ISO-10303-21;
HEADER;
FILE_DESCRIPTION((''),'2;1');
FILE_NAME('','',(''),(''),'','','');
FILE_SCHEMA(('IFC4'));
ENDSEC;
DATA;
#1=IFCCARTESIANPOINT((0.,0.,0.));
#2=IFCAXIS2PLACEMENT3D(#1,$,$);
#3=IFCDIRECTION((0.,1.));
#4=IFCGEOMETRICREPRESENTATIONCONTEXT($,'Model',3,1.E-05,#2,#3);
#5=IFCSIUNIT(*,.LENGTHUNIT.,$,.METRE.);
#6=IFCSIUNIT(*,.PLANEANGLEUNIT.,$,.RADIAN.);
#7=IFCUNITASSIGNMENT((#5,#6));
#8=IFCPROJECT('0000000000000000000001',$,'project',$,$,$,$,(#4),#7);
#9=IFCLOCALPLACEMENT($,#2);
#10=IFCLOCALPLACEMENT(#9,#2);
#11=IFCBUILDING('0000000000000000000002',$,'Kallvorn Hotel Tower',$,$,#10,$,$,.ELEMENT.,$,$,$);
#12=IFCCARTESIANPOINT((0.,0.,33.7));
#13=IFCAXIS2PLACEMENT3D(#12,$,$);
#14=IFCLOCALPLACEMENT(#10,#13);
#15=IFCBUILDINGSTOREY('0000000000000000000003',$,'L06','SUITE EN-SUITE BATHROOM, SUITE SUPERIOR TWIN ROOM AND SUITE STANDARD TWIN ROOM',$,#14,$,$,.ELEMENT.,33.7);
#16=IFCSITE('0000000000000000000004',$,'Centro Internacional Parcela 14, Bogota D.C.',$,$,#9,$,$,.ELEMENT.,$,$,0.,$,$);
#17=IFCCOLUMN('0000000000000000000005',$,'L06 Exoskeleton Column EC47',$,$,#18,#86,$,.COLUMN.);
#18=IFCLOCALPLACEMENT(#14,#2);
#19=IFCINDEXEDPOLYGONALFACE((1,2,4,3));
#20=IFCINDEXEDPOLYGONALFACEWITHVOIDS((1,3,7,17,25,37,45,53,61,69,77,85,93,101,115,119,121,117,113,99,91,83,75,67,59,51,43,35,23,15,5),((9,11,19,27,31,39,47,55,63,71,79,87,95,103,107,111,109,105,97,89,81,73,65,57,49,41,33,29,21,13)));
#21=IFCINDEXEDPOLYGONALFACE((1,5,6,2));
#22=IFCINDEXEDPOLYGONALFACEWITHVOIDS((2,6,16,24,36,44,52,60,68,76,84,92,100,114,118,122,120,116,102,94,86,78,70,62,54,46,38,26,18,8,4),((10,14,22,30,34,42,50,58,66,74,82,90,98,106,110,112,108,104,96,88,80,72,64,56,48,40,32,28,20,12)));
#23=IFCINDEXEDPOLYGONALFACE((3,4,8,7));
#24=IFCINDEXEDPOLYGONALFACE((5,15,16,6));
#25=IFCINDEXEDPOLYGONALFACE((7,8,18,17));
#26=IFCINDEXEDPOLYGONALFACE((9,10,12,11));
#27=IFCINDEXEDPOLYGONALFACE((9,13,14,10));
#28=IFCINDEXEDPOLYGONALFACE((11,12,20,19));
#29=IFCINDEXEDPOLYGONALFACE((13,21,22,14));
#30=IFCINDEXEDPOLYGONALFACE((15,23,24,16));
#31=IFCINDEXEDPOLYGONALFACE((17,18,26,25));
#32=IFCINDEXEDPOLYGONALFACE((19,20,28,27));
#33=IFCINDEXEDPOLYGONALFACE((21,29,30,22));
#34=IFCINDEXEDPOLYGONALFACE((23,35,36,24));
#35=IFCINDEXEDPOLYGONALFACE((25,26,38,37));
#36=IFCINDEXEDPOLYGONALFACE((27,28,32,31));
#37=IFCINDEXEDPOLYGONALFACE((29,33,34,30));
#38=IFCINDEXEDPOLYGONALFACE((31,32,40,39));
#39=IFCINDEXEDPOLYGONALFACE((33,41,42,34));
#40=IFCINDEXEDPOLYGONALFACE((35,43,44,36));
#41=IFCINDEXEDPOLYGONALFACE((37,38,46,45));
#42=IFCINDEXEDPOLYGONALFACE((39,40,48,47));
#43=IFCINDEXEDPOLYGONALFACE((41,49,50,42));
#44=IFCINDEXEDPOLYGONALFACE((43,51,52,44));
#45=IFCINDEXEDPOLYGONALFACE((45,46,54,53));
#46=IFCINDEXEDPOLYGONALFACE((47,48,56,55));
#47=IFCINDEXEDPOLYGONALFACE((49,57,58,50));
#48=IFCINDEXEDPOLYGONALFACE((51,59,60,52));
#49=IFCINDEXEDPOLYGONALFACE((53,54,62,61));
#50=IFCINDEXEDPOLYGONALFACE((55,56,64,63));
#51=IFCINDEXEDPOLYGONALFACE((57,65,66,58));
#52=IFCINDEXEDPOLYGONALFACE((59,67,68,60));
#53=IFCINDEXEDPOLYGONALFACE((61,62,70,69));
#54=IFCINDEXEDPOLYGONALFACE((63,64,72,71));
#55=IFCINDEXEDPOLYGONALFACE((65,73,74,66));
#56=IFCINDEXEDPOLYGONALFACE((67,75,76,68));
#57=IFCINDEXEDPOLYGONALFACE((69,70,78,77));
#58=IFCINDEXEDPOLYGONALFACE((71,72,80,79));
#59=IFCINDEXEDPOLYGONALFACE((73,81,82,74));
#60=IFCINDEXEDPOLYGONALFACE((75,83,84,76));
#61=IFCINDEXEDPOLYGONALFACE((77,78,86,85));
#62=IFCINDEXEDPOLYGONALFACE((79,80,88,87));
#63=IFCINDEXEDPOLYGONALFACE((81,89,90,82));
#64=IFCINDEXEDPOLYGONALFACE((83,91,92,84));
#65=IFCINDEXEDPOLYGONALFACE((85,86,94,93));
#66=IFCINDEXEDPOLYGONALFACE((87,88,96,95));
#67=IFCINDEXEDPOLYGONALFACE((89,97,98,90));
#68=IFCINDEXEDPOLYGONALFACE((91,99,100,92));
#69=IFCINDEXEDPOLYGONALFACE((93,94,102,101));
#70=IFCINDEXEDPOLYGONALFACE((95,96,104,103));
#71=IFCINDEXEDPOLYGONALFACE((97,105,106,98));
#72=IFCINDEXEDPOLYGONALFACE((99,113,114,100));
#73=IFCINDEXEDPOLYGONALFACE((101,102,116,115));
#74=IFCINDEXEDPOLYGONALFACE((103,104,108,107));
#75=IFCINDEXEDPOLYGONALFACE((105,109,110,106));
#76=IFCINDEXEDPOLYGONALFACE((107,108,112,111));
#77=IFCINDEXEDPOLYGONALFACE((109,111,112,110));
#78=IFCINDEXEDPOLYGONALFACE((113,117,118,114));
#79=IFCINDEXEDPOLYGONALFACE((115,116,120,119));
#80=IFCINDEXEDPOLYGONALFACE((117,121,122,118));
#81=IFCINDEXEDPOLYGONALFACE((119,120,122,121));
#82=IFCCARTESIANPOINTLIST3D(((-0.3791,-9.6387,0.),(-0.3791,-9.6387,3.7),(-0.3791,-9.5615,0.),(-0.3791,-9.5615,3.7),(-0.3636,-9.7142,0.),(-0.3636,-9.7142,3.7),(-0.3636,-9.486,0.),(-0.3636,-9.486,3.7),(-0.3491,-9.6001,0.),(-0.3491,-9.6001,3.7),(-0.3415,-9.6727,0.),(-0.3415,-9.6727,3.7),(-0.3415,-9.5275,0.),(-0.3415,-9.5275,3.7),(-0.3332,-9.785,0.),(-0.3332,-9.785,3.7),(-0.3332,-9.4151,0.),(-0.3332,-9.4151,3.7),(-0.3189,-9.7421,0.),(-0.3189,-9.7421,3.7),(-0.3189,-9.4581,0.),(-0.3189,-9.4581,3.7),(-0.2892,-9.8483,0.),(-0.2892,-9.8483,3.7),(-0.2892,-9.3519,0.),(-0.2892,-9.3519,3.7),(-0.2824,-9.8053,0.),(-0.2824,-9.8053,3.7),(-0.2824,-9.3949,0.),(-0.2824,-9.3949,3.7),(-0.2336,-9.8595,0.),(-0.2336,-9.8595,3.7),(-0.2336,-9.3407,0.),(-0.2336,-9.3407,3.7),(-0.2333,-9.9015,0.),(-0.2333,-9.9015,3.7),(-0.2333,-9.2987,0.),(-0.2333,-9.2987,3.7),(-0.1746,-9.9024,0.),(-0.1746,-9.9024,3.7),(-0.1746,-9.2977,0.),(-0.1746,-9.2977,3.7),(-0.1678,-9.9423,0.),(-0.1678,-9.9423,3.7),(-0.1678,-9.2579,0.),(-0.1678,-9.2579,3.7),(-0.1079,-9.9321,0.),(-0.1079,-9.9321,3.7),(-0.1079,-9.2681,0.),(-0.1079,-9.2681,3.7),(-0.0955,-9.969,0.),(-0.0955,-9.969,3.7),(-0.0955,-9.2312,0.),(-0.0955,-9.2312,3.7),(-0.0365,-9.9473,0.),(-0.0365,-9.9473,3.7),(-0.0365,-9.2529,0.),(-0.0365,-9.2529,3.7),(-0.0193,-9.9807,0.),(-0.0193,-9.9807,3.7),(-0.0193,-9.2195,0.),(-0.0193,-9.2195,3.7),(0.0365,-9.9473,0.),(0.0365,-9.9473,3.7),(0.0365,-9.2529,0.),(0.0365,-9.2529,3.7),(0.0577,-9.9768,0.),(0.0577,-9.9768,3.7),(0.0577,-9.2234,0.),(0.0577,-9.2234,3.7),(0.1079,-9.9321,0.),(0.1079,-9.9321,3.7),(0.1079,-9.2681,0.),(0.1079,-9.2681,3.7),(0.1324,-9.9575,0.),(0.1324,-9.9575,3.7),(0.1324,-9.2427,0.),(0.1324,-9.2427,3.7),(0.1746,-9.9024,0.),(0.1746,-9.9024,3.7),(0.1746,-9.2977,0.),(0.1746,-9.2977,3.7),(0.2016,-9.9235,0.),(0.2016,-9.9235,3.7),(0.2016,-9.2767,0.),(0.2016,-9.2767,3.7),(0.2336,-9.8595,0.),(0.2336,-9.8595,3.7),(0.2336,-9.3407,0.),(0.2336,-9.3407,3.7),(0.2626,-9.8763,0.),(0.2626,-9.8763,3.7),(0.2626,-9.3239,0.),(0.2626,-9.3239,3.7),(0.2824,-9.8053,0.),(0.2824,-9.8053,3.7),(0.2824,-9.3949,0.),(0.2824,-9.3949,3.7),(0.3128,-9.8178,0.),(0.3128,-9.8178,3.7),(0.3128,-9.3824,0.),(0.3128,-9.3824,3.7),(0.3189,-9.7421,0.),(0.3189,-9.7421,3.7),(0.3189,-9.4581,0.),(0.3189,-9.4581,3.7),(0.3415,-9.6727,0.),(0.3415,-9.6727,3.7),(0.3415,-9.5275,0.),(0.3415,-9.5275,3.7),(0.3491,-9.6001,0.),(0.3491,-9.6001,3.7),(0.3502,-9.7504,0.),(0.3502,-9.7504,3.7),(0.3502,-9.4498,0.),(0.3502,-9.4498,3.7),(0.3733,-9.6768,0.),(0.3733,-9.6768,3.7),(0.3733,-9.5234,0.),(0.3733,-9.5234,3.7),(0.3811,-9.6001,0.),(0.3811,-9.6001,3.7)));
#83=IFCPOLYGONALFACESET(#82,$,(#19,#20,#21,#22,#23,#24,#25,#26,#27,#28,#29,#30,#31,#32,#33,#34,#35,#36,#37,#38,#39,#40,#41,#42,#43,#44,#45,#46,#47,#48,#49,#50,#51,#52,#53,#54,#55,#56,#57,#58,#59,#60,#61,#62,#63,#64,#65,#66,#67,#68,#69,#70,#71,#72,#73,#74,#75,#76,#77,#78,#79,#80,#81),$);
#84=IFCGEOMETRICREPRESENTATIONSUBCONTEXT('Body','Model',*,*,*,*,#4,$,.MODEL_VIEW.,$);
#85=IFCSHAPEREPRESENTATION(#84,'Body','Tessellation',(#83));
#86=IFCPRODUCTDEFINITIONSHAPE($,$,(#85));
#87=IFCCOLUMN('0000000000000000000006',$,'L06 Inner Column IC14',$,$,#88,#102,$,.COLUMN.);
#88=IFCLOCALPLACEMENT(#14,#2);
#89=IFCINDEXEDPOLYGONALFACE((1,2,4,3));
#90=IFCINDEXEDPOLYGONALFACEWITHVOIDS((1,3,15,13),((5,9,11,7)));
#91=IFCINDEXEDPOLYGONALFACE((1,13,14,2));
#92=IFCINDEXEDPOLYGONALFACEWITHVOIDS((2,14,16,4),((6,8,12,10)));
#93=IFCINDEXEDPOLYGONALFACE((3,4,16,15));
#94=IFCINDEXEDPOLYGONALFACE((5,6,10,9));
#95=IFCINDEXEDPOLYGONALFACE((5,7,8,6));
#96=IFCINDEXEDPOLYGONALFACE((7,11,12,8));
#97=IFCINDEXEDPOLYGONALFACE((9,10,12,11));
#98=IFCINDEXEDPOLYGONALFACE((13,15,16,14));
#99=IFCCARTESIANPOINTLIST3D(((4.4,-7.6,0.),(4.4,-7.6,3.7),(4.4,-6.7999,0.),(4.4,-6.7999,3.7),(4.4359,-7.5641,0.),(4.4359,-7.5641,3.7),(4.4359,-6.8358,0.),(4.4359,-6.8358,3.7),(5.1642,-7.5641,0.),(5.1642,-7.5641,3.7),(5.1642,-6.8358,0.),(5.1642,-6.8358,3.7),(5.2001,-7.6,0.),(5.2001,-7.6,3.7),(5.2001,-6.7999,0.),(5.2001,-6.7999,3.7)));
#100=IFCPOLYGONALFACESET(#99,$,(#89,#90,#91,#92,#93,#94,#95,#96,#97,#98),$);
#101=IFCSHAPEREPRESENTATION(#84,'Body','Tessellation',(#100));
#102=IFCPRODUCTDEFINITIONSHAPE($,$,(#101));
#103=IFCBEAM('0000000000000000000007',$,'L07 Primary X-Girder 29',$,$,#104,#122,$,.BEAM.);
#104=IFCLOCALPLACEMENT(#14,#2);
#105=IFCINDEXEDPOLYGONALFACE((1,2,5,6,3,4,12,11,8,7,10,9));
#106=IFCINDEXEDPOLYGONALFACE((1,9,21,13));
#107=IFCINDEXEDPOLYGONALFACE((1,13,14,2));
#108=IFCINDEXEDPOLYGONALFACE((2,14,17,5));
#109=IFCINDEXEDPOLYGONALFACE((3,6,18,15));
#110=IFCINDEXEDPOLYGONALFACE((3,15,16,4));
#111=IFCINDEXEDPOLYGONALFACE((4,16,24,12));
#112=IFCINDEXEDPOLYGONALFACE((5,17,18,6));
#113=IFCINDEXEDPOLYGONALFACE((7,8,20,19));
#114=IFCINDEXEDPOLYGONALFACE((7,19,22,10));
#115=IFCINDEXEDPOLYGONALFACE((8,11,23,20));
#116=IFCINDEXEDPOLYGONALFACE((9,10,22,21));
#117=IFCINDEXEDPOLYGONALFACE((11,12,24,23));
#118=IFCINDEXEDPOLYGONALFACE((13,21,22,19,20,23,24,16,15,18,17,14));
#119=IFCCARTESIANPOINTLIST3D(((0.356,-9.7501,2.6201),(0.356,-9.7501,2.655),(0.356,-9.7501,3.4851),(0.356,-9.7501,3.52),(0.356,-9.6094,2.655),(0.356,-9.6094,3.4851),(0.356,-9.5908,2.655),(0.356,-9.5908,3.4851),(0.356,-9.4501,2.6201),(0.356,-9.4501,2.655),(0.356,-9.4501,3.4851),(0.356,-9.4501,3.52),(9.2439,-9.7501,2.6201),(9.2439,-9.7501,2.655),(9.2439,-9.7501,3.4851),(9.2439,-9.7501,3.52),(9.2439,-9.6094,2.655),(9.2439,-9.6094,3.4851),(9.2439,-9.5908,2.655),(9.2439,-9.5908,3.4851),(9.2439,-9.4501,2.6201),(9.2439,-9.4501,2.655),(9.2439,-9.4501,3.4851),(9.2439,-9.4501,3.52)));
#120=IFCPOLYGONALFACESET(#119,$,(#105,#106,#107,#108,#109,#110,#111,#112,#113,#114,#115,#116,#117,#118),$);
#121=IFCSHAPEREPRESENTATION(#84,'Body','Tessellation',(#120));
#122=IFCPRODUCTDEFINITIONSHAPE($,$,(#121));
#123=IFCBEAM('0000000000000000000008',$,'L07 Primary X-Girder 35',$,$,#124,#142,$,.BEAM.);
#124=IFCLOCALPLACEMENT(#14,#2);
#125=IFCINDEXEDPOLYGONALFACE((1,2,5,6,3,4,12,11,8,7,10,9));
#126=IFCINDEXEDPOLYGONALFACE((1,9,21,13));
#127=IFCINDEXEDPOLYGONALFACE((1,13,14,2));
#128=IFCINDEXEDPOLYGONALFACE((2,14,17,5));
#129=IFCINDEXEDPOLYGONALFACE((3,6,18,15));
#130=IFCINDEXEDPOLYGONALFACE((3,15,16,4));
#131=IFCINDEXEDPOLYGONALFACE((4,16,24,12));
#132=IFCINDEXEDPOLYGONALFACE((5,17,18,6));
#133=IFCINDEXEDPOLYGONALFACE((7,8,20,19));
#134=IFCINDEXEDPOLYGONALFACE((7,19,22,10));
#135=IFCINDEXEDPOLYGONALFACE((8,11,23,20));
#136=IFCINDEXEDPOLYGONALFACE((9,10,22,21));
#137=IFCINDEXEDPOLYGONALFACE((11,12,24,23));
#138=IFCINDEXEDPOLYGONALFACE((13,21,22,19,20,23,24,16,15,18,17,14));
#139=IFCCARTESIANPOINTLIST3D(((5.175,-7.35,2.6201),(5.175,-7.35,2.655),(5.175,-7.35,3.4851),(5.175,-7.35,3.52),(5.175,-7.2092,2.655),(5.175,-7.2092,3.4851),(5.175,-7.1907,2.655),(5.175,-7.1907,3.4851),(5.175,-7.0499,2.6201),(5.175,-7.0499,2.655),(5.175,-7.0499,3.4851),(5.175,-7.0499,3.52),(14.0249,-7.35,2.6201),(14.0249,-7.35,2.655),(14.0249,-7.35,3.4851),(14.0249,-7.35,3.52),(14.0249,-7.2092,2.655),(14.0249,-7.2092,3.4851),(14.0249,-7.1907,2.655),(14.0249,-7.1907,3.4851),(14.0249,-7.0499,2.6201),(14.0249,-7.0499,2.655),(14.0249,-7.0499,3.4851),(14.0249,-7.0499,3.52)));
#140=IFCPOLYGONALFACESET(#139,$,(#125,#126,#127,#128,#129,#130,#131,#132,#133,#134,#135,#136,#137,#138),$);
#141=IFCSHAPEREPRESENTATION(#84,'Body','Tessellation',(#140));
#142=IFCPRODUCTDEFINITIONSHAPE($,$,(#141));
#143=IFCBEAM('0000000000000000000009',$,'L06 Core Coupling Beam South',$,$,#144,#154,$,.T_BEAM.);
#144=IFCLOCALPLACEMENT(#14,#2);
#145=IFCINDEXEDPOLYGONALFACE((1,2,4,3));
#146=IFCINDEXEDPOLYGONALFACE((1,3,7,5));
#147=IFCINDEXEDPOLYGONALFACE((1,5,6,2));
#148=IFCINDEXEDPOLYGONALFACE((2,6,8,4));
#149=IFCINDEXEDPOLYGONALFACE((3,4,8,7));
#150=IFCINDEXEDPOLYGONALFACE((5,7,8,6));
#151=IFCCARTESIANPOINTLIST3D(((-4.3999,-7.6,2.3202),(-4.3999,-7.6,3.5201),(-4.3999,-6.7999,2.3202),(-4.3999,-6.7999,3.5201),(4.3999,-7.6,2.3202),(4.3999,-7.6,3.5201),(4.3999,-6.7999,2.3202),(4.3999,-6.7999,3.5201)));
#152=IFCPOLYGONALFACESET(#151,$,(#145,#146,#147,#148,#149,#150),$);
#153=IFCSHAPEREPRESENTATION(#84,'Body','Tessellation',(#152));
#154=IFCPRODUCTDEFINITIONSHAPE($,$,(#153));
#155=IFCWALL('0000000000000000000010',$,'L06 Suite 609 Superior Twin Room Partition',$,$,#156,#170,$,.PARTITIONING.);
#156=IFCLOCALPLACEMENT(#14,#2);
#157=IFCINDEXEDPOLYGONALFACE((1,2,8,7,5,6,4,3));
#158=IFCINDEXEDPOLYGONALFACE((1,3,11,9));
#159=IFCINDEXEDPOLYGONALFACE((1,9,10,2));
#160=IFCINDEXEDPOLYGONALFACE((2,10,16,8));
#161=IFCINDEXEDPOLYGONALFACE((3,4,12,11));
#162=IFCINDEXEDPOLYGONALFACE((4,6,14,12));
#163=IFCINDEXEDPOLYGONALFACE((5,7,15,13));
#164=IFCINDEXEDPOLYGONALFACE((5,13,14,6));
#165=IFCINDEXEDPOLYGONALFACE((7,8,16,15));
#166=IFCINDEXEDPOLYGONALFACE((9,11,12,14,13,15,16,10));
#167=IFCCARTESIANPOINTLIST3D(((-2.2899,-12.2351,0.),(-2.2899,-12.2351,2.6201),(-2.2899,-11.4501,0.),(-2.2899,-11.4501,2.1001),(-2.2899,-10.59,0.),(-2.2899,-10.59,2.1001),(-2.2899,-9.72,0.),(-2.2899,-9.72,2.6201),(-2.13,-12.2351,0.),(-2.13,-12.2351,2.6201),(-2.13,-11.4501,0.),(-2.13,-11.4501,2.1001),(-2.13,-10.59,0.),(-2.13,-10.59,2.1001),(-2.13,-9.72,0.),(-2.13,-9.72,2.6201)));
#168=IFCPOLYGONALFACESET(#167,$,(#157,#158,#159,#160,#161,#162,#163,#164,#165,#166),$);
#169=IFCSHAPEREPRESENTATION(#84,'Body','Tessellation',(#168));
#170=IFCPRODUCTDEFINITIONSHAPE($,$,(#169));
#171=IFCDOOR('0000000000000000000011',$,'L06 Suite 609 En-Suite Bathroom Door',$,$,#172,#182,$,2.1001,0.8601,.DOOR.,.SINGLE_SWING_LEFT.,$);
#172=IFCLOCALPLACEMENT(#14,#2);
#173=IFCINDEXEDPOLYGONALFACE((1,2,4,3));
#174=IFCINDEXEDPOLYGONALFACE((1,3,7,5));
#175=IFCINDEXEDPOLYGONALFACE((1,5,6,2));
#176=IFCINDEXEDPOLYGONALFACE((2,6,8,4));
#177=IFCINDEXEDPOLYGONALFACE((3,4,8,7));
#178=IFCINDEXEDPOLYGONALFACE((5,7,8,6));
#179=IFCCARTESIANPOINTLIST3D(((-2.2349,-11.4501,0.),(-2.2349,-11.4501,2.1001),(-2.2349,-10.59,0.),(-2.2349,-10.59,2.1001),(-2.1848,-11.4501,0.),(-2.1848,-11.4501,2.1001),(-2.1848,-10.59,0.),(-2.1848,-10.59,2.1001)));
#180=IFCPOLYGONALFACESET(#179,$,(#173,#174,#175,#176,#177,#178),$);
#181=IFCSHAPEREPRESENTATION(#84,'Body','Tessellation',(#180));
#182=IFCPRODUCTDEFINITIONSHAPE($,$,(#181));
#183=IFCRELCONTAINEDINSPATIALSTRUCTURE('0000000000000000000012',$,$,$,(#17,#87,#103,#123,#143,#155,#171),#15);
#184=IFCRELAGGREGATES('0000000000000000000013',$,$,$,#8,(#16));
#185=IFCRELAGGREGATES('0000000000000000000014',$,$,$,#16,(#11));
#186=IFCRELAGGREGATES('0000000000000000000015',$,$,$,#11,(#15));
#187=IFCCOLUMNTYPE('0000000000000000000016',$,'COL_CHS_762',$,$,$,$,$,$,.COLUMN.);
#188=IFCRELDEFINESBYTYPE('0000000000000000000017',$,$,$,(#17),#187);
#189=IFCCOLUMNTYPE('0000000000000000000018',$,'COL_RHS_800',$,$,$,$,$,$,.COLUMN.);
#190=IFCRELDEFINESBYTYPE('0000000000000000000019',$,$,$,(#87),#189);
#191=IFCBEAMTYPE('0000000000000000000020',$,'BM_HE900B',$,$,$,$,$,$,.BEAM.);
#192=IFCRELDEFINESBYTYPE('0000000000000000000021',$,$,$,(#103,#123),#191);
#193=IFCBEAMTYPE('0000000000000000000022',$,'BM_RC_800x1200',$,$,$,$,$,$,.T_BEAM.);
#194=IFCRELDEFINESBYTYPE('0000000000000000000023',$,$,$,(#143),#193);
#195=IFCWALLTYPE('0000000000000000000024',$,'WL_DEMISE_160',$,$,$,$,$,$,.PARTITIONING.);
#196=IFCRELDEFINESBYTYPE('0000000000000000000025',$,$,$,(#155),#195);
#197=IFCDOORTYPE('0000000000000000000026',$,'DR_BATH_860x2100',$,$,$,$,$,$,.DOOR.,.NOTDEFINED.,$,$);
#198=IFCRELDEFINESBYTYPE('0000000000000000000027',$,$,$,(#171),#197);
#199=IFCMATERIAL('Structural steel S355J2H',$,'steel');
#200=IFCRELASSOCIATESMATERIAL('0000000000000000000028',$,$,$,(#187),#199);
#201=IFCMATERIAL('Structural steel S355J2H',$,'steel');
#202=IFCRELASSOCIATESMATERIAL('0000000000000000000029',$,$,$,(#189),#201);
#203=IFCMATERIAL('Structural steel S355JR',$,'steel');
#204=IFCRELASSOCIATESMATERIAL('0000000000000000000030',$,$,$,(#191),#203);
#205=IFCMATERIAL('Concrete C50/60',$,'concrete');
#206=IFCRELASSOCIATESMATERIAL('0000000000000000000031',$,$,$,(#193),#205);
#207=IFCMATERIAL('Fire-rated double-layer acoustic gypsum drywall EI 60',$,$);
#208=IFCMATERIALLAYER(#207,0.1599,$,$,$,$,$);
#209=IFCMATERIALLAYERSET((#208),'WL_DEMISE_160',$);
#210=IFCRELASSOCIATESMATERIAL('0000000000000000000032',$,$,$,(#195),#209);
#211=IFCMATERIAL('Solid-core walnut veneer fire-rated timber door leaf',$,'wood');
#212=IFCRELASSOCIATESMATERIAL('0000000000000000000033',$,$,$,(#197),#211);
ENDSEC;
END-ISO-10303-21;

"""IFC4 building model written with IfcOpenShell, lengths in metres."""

from ifc_helpers import new_model, si_unit, direction, frame, frame_2d, origin, origin_2d, place, context, subcontext, project, spatial, rectangle, hollow_rectangle, hollow_circle, i_section, extrude, material, layer, layer_set, material_profile, profile_set, type_object, element, fill, save


model = new_model("IFC4")

# Units and contexts
model_context = context("Model", 3, precision=1e-05, world=origin(), true_north=direction((0.0, 1.0)))
body_context = subcontext(model_context, "Body", "Model", "MODEL_VIEW")
ifc_project = project(units=[si_unit("LENGTHUNIT", "METRE"), si_unit("PLANEANGLEUNIT", "RADIAN")], contexts=[model_context])

# Site, building, storey
site_placement = place(None, origin())
site = spatial("IfcSite", under=ifc_project, at=site_placement, Name="Centro Internacional Parcela 14, Bogota D.C.", CompositionType="ELEMENT", RefElevation=0.0)
building_placement = place(site_placement, origin())
building = spatial("IfcBuilding", under=site, at=building_placement, Name="Kallvorn Hotel Tower", CompositionType="ELEMENT")
storey_placement = place(building_placement, frame((0.0, 0.0, 33.7)))
storey = spatial("IfcBuildingStorey", under=building, at=storey_placement, Name="L06", Description="SUITE EN-SUITE BATHROOM, SUITE SUPERIOR TWIN ROOM AND SUITE STANDARD TWIN ROOM", CompositionType="ELEMENT", Elevation=33.7)

# Columns
ifc_material_1 = material(Name="Structural steel S355J2H", Category="steel")
ifc_material_profile_1 = material_profile(ifc_material_1, hollow_circle(Radius=0.3811, WallThickness=0.032, at=origin_2d()), Name="CHS 762x32")
ifc_profile_set_1 = profile_set([ifc_material_profile_1], Name="Structural steel S355J2H")
column_type_1 = type_object("IfcColumnType", Name="COL_CHS_762", PredefinedType="COLUMN", material=ifc_profile_set_1)
column_1_placement = place(storey_placement, frame((0.0, -9.6001, 0.0), z_axis=(0.0, 0.0, 1.0), x_axis=(1.0, 0.0, 0.0)))
element("IfcColumn", 1, at=column_1_placement, inside=storey, type_object=column_type_1, Name="L06 Exoskeleton Column EC47", PredefinedType="COLUMN", context=body_context, shape_type="SweptSolid", body=[
    extrude(hollow_circle(Radius=0.3811, WallThickness=0.032, at=origin_2d()), origin(), (0.0, 0.0, 1.0), 3.7),
])
ifc_material_2 = material(Name="Structural steel S355J2H", Category="steel")
ifc_material_profile_2 = material_profile(ifc_material_2, hollow_rectangle(XDim=0.8, YDim=0.8, WallThickness=0.0359, at=origin_2d()), Name="RHS 800x800x36")
ifc_profile_set_2 = profile_set([ifc_material_profile_2], Name="Structural steel S355J2H")
column_type_2 = type_object("IfcColumnType", Name="COL_RHS_800", PredefinedType="COLUMN", material=ifc_profile_set_2)
column_2_placement = place(storey_placement, frame((4.8, -7.2, 0.0), z_axis=(0.0, 0.0, 1.0), x_axis=(1.0, 0.0, 0.0)))
element("IfcColumn", 2, at=column_2_placement, inside=storey, type_object=column_type_2, Name="L06 Inner Column IC14", PredefinedType="COLUMN", context=body_context, shape_type="SweptSolid", body=[
    extrude(hollow_rectangle(XDim=0.8, YDim=0.8, WallThickness=0.0359, at=origin_2d()), origin(), (0.0, 0.0, 1.0), 3.7),
])

# Beams
ifc_material_3 = material(Name="Structural steel S355JR", Category="steel")
ifc_material_profile_3 = material_profile(ifc_material_3, i_section(OverallWidth=0.3, OverallDepth=0.8999, WebThickness=0.0186, FlangeThickness=0.0349, at=origin_2d()), Name="HE 900 B")
ifc_profile_set_3 = profile_set([ifc_material_profile_3], Name="Structural steel S355JR")
beam_type_1 = type_object("IfcBeamType", Name="BM_HE900B", PredefinedType="BEAM", material=ifc_profile_set_3)
beam_1_placement = place(storey_placement, frame((0.356, -9.6001, 3.0701), z_axis=(1.0, 0.0, 0.0), x_axis=(0.0, 1.0, 0.0)))
element("IfcBeam", 3, at=beam_1_placement, inside=storey, type_object=beam_type_1, Name="L07 Primary X-Girder 29", PredefinedType="BEAM", context=body_context, shape_type="SweptSolid", body=[
    extrude(i_section(OverallWidth=0.3, OverallDepth=0.8999, WebThickness=0.0186, FlangeThickness=0.0349, at=origin_2d()), origin(), (0.0, 0.0, 1.0), 8.8879),
])
beam_2_placement = place(storey_placement, frame((5.175, -7.2, 3.0701), z_axis=(1.0, 0.0, 0.0), x_axis=(0.0, 1.0, 0.0)))
element("IfcBeam", 4, at=beam_2_placement, inside=storey, type_object=beam_type_1, Name="L07 Primary X-Girder 35", PredefinedType="BEAM", context=body_context, shape_type="SweptSolid", body=[
    extrude(i_section(OverallWidth=0.3, OverallDepth=0.8999, WebThickness=0.0186, FlangeThickness=0.0349, at=origin_2d()), origin(), (0.0, 0.0, 1.0), 8.8499),
])
ifc_material_4 = material(Name="Concrete C50/60", Category="concrete")
ifc_material_profile_4 = material_profile(ifc_material_4, rectangle(XDim=0.8, YDim=1.2, at=origin_2d()), Name="RC 800x1200")
ifc_profile_set_4 = profile_set([ifc_material_profile_4], Name="Concrete C50/60")
beam_type_2 = type_object("IfcBeamType", Name="BM_RC_800x1200", PredefinedType="T_BEAM", material=ifc_profile_set_4)
beam_3_placement = place(storey_placement, frame((-4.3999, -7.2, 2.9202), z_axis=(1.0, 0.0, 0.0), x_axis=(0.0, 1.0, 0.0)))
element("IfcBeam", 5, at=beam_3_placement, inside=storey, type_object=beam_type_2, Name="L06 Core Coupling Beam South", PredefinedType="T_BEAM", context=body_context, shape_type="SweptSolid", body=[
    extrude(rectangle(XDim=0.8, YDim=1.2, at=origin_2d()), origin(), (0.0, 0.0, 1.0), 8.7998),
])

# Wall, opening, door
ifc_material_5 = material(Name="Fire-rated double-layer acoustic gypsum drywall EI 60")
ifc_layer_1 = layer(ifc_material_5, 0.1599)
ifc_layer_set_1 = layer_set([ifc_layer_1], Name="WL_DEMISE_160")
wall_type_1 = type_object("IfcWallType", Name="WL_DEMISE_160", PredefinedType="PARTITIONING", material=ifc_layer_set_1)
wall_1_placement = place(storey_placement, frame((-2.21, -12.2351, 0.0), z_axis=(0.0, 0.0, 1.0), x_axis=(0.0, 1.0, 0.0)))
wall_1 = element("IfcWall", 6, at=wall_1_placement, inside=storey, type_object=wall_type_1, Name="L06 Suite 609 Superior Twin Room Partition", PredefinedType="PARTITIONING", context=body_context, shape_type="SweptSolid", body=[
    extrude(rectangle(XDim=2.5151, YDim=0.1599, at=frame_2d((1.2576, 0.0))), origin(), (0.0, 0.0, 1.0), 2.6201),
])
opening_1_placement = place(wall_1_placement, frame((0.7849, 0.0, 0.0)))
opening_1 = element("IfcOpeningElement", 7, at=opening_1_placement, cuts=wall_1, PredefinedType="OPENING", context=body_context, shape_type="SweptSolid", body=[
    extrude(rectangle(XDim=0.8601, YDim=2.1001, at=frame_2d((0.4302, 1.05))), frame((0.0, 0.095, 0.0), z_axis=(0.0, -1.0, 0.0), x_axis=(1.0, 0.0, 0.0)), (0.0, 0.0, 1.0), 0.1899),
])
ifc_material_6 = material(Name="Solid-core walnut veneer fire-rated timber door leaf", Category="wood")
door_type_1 = type_object("IfcDoorType", Name="DR_BATH_860x2100", OperationType="NOTDEFINED", PredefinedType="DOOR", material=ifc_material_6)
door_1_placement = place(opening_1_placement, origin())
door_1 = element("IfcDoor", 8, at=door_1_placement, inside=storey, type_object=door_type_1, Name="L06 Suite 609 En-Suite Bathroom Door", OperationType="SINGLE_SWING_LEFT", OverallHeight=2.1001, OverallWidth=0.8601, PredefinedType="DOOR", context=body_context, shape_type="SweptSolid", body=[
    extrude(rectangle(XDim=0.8601, YDim=2.1001, at=frame_2d((0.4302, 1.05))), frame((0.0, 0.0249, 0.0), z_axis=(0.0, -1.0, 0.0), x_axis=(1.0, 0.0, 0.0)), (0.0, 0.0, 1.0), 0.05),
])
fill(opening_1, door_1)

save(model, "model.ifc")
